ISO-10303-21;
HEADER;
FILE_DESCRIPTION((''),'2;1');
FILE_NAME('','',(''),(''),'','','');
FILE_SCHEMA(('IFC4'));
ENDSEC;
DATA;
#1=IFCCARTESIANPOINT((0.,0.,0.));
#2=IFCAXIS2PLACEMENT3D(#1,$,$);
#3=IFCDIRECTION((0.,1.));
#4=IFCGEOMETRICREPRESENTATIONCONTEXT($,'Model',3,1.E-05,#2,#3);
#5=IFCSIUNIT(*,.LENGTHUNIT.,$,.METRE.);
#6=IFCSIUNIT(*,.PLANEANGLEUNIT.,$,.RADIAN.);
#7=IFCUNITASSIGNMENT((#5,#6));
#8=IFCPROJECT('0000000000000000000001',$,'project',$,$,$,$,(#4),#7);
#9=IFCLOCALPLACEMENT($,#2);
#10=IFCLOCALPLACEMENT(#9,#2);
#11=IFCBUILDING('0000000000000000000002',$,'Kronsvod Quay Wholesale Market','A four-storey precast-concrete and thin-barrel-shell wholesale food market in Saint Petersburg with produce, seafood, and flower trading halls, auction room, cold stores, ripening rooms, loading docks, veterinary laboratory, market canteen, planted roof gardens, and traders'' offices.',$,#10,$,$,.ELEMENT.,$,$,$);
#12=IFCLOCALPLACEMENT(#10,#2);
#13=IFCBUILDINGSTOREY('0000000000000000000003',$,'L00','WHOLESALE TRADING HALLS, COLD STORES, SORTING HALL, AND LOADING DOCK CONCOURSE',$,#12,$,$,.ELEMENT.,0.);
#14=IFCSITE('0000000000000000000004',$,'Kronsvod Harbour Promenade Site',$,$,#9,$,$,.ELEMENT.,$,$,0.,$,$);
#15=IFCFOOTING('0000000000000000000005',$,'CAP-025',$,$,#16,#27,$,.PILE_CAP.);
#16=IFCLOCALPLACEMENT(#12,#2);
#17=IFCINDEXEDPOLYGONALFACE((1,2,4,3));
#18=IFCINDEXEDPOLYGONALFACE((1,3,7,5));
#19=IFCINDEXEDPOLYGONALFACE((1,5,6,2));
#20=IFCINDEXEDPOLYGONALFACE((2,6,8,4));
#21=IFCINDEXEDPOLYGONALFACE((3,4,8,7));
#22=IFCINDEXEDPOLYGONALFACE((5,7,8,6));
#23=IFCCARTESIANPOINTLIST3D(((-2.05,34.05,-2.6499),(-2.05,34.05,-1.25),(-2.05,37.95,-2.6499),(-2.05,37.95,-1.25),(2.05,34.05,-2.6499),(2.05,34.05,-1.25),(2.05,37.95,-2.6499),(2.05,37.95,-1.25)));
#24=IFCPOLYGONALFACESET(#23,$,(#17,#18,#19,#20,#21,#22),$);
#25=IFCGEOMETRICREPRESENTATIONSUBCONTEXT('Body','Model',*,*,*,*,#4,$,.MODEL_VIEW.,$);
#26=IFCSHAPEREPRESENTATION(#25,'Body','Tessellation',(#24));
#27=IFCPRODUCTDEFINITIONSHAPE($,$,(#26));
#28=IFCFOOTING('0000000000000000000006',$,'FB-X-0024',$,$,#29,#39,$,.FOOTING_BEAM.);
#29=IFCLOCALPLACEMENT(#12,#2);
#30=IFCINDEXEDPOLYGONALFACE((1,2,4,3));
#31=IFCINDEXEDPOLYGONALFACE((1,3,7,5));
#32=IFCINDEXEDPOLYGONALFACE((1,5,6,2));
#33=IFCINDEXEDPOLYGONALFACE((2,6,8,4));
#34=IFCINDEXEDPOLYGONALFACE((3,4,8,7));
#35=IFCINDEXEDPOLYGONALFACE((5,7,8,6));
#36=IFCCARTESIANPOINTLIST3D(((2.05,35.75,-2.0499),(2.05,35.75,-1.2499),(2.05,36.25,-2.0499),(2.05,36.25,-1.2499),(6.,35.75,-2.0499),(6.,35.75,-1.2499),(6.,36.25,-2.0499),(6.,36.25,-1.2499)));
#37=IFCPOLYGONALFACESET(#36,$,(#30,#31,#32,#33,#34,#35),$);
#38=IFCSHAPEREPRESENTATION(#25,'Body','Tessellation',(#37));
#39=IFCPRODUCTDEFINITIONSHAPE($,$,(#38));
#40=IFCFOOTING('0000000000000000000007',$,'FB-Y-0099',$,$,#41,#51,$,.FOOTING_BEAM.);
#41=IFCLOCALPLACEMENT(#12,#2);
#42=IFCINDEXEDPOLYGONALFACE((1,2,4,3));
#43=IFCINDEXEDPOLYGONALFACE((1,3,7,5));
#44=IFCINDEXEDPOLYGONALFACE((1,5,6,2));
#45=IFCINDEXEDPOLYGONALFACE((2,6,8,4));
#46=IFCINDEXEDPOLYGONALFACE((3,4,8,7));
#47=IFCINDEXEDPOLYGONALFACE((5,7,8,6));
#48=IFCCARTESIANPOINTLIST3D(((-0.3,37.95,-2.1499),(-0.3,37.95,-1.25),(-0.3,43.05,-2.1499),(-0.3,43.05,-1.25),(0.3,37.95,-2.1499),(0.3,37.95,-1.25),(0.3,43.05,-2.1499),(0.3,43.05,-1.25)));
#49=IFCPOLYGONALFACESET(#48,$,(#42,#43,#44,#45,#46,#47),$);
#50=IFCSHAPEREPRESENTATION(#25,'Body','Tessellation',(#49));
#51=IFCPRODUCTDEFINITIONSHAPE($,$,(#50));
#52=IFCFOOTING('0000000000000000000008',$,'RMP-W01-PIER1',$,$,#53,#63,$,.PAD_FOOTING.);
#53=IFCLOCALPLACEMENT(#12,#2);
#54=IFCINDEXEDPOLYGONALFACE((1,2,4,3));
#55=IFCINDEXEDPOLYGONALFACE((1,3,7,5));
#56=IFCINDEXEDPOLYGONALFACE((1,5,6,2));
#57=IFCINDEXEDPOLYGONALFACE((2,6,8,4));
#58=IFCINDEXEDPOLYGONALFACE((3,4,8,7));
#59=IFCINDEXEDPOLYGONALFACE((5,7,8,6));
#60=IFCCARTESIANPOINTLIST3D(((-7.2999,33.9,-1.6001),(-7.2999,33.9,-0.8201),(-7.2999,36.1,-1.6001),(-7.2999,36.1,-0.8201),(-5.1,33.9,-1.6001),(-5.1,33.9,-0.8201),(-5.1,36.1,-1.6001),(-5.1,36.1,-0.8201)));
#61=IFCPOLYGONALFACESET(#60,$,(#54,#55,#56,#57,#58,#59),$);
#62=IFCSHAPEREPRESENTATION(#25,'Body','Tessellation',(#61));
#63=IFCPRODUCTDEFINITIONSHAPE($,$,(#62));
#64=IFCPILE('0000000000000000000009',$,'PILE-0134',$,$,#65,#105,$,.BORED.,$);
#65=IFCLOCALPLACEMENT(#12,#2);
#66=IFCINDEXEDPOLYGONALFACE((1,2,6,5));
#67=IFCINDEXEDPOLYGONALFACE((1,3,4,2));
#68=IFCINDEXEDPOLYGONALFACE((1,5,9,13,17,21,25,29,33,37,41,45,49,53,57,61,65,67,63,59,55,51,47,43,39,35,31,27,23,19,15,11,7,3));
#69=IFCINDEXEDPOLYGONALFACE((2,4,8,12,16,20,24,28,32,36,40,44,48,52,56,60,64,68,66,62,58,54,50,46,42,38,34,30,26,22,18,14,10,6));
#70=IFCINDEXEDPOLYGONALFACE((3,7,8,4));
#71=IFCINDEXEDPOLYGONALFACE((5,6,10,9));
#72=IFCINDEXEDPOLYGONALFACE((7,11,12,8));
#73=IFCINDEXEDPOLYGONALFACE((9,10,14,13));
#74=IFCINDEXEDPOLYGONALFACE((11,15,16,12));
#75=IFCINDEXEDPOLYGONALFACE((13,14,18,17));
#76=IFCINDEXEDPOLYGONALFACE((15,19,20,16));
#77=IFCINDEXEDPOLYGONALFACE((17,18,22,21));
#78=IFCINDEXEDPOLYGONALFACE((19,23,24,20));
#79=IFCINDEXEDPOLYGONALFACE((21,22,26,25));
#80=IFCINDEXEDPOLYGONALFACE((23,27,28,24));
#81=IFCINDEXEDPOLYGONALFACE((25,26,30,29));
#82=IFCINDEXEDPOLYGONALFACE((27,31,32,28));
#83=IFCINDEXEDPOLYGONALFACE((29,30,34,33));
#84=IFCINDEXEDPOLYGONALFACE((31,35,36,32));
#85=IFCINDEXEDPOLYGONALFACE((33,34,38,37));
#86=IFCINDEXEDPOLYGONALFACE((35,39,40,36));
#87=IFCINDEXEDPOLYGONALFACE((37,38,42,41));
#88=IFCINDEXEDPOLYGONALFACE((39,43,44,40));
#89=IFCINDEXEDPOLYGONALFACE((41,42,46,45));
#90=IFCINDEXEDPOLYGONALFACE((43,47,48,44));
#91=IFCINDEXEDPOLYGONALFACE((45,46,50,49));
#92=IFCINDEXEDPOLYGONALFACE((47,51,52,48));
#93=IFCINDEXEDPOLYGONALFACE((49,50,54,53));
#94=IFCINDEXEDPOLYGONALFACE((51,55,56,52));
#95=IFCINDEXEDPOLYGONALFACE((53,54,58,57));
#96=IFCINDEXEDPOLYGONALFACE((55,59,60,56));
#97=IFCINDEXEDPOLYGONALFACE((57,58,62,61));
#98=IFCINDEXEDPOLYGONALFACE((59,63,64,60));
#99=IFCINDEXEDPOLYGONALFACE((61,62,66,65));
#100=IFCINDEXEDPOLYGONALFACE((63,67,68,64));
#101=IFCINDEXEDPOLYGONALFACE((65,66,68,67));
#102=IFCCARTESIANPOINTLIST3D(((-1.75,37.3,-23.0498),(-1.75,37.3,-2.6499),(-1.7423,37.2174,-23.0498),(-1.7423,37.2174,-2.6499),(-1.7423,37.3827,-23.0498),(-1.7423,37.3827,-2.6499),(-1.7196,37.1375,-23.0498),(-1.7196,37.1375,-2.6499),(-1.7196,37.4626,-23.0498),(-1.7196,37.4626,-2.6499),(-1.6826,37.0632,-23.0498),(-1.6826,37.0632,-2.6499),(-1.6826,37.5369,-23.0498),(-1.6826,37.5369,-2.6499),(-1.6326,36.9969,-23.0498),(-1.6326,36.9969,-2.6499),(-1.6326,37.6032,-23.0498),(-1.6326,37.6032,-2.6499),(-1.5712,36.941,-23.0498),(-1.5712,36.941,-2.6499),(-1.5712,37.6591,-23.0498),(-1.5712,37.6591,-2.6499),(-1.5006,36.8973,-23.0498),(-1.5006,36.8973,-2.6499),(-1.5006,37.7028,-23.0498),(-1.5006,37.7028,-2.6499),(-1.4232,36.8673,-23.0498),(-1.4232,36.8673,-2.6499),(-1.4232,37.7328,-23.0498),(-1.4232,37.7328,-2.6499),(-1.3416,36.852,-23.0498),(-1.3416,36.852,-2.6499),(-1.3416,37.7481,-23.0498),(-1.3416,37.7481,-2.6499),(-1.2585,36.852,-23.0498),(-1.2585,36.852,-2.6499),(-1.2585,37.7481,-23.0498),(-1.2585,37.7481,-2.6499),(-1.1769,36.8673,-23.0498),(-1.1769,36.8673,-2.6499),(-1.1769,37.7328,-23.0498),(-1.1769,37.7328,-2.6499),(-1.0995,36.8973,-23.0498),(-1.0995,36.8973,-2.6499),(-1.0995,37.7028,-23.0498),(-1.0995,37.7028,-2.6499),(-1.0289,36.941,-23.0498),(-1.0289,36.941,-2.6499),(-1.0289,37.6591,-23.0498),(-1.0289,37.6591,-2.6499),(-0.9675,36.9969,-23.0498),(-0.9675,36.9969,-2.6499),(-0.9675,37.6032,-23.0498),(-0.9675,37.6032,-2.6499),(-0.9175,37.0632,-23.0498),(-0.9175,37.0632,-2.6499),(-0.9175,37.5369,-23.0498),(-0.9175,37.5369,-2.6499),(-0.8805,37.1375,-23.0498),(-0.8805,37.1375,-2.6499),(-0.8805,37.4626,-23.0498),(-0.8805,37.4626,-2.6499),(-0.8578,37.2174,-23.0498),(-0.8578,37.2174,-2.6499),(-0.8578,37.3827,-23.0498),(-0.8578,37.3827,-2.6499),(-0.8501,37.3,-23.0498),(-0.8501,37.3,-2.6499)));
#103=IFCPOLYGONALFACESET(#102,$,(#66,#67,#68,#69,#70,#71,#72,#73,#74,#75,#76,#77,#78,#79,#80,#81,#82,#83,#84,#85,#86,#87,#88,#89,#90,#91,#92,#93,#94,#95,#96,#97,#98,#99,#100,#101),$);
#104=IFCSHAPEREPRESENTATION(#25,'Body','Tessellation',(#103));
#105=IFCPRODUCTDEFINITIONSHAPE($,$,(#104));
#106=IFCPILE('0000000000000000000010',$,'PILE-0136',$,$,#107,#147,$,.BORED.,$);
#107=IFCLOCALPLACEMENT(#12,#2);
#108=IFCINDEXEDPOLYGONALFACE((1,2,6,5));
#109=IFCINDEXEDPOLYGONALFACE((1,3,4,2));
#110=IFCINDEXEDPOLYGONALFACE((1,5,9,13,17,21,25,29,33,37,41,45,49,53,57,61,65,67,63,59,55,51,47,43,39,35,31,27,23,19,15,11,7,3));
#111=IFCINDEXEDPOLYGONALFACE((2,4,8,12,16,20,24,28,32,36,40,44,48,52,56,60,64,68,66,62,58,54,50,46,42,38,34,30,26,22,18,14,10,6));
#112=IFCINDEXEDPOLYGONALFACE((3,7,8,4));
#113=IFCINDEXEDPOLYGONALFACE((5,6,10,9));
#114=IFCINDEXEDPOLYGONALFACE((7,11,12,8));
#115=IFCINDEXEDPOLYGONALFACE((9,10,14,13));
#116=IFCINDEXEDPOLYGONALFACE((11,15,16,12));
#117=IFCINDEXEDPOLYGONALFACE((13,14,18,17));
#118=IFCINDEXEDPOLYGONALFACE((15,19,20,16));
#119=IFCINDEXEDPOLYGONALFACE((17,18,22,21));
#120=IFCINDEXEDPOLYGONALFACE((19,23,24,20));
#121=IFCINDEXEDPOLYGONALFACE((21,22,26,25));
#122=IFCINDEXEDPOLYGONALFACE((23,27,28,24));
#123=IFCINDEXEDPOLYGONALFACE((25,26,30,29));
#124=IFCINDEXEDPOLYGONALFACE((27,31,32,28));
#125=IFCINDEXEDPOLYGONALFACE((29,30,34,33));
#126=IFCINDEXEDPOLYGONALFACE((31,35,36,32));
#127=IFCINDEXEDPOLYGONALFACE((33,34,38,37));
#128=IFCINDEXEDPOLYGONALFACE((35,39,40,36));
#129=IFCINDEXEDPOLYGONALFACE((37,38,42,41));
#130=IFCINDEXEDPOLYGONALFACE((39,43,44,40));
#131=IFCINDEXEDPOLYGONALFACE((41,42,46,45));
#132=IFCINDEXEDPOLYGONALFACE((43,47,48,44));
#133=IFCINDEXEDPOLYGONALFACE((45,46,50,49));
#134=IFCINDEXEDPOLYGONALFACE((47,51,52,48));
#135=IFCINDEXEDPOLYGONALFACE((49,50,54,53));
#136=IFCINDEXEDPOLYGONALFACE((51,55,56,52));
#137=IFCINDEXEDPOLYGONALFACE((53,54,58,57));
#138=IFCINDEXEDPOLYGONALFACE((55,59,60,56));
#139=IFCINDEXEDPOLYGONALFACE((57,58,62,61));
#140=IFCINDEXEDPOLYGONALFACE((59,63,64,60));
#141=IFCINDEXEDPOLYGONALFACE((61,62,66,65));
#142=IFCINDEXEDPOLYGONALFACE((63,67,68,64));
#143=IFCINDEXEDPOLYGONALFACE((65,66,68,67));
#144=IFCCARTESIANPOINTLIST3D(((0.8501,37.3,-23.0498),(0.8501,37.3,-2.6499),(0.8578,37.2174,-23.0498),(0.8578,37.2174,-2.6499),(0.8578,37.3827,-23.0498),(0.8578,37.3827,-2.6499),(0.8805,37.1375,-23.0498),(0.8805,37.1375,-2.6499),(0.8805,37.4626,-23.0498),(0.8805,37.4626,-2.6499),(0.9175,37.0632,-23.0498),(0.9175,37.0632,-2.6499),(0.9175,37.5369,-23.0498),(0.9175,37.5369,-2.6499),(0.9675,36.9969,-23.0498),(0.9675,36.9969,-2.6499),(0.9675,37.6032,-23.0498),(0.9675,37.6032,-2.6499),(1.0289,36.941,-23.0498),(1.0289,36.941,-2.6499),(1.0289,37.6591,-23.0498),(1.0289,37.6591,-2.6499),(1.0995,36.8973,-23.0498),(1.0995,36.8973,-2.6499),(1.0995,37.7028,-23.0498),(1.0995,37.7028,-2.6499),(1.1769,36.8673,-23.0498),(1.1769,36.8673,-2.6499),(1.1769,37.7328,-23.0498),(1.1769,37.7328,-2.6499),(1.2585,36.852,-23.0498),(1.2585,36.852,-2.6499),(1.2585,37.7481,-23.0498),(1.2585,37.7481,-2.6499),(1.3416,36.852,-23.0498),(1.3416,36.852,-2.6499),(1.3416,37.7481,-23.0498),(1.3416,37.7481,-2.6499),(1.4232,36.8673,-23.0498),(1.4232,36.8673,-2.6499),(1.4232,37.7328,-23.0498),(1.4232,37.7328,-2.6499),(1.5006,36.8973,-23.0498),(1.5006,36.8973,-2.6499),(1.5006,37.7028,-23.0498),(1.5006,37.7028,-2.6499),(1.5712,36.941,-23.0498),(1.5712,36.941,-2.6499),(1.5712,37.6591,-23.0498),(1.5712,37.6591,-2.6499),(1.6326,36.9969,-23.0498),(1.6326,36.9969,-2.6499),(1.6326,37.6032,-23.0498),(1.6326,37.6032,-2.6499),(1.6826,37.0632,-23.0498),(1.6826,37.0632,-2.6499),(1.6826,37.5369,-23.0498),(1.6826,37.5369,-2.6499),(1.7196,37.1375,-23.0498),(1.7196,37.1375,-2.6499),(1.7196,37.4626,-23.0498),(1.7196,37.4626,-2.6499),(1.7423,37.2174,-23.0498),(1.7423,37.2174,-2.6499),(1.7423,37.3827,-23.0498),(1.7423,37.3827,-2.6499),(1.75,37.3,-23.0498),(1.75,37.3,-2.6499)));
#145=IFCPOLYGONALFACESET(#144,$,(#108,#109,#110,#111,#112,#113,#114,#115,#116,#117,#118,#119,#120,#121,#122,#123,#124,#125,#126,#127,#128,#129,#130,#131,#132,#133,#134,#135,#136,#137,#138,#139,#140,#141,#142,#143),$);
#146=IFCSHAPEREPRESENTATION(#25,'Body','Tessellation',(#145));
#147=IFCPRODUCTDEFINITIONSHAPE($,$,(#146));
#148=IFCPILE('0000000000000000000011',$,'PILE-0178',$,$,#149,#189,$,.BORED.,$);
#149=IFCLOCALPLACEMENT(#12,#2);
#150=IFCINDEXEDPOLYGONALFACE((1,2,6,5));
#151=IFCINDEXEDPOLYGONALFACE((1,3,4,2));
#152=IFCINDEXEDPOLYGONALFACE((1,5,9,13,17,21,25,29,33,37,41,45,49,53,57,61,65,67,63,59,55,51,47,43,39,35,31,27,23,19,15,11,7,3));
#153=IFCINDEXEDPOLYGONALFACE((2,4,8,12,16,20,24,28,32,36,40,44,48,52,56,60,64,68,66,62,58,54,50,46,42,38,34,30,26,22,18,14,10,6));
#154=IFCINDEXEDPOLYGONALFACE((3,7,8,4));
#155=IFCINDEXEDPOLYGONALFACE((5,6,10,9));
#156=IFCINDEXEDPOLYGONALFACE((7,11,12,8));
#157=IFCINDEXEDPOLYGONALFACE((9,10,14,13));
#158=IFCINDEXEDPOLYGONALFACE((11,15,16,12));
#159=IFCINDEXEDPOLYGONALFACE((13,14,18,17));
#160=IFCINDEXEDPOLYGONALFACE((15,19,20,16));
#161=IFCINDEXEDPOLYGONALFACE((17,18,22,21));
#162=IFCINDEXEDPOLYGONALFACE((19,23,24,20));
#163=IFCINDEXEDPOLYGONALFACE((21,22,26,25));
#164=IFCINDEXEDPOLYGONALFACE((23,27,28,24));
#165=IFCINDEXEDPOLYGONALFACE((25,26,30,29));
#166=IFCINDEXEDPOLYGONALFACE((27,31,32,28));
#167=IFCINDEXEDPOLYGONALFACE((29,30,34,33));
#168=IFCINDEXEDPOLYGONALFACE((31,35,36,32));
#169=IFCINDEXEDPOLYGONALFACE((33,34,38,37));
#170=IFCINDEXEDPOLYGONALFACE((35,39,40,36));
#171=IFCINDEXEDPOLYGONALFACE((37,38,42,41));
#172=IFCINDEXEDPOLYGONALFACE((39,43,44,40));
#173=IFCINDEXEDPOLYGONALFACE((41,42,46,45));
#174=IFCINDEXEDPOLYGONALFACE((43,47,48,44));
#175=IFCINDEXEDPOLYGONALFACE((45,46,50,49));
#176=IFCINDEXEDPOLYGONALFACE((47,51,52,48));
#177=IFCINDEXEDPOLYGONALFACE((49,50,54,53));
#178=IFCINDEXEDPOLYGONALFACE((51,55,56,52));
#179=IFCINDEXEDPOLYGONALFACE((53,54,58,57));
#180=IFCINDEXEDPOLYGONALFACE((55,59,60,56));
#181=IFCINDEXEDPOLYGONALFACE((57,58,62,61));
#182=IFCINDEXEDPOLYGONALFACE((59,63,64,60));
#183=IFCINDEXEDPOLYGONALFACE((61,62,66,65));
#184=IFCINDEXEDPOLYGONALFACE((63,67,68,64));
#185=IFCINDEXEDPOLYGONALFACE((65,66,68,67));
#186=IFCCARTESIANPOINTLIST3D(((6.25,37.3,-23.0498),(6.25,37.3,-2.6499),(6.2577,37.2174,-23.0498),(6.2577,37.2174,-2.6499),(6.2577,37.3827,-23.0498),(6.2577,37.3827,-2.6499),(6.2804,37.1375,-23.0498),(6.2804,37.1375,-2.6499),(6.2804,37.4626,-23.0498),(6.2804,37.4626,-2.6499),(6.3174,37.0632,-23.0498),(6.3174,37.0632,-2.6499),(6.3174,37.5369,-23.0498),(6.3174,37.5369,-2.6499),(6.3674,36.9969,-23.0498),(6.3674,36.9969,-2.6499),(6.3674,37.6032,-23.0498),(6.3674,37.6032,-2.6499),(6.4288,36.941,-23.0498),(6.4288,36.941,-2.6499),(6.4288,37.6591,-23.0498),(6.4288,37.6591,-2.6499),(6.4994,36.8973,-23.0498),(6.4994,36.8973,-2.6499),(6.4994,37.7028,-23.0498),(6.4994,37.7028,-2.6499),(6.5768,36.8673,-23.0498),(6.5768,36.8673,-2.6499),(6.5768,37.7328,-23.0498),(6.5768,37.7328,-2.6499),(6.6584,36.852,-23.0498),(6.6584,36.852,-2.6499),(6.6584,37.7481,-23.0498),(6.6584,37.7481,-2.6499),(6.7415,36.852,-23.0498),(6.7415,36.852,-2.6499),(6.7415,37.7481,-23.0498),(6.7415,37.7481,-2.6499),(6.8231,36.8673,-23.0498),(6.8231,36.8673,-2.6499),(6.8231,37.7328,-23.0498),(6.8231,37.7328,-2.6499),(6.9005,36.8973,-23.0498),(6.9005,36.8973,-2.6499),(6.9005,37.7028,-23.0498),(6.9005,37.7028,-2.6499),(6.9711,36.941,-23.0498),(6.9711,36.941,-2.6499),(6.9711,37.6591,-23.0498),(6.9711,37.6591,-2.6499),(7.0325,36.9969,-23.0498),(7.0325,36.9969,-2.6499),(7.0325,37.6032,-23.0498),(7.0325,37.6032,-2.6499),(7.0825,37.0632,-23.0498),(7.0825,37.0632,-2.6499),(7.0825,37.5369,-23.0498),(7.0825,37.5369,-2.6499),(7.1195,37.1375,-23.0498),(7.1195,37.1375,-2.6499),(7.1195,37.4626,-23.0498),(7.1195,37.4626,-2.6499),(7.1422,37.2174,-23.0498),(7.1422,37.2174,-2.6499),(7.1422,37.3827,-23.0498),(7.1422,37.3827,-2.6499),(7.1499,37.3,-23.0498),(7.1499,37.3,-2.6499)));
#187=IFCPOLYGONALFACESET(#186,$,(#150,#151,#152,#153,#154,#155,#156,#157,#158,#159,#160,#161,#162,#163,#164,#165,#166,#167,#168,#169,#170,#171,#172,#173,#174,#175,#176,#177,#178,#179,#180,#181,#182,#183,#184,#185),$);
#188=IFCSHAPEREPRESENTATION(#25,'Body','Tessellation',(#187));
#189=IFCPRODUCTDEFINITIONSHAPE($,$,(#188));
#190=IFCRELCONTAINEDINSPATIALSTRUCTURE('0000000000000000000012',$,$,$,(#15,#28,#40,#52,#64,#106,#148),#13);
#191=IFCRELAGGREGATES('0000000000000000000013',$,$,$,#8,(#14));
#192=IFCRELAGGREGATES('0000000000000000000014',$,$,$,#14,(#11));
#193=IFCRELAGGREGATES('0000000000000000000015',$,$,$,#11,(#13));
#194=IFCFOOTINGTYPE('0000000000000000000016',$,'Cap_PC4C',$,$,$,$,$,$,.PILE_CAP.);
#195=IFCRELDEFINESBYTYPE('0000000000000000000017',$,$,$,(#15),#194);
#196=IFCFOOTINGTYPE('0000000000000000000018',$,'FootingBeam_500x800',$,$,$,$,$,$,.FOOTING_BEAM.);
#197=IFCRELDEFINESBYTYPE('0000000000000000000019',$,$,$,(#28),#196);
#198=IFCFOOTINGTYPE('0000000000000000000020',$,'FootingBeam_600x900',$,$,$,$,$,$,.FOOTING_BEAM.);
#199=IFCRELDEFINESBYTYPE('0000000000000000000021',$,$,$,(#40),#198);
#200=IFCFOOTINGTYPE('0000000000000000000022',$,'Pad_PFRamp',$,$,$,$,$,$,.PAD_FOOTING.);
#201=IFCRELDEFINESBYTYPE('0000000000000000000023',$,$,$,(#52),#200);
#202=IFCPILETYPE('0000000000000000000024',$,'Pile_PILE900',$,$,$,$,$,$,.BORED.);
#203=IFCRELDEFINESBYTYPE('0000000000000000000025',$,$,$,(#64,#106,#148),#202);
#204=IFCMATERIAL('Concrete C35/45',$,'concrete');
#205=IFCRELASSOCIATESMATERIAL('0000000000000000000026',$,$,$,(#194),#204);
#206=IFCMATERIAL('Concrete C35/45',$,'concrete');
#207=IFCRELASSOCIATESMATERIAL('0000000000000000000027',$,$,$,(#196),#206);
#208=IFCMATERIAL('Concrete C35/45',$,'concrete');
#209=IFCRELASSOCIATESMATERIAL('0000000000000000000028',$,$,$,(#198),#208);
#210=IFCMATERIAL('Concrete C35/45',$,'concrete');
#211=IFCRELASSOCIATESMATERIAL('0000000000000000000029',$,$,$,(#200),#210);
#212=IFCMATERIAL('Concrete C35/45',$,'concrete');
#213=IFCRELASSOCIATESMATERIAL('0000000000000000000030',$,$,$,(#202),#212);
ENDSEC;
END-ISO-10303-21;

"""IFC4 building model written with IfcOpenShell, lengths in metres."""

from ifc_helpers import new_model, si_unit, direction, frame, origin, origin_2d, place, context, subcontext, project, spatial, rectangle, circle, extrude, material, material_profile, profile_set, type_object, element, save


model = new_model("IFC4")

# Units and contexts
model_context = context("Model", 3, precision=1e-05, world=origin(), true_north=direction((0.0, 1.0)))
body_context = subcontext(model_context, "Body", "Model", "MODEL_VIEW")
ifc_project = project(units=[si_unit("LENGTHUNIT", "METRE"), si_unit("PLANEANGLEUNIT", "RADIAN")], contexts=[model_context])

# Site, building, storey
site_placement = place(None, origin())
site = spatial("IfcSite", under=ifc_project, at=site_placement, Name="Kronsvod Harbour Promenade Site", CompositionType="ELEMENT", RefElevation=0.0)
building_placement = place(site_placement, origin())
building = spatial("IfcBuilding", under=site, at=building_placement, Name="Kronsvod Quay Wholesale Market", Description="A four-storey precast-concrete and thin-barrel-shell wholesale food market in Saint Petersburg with produce, seafood, and flower trading halls, auction room, cold stores, ripening rooms, loading docks, veterinary laboratory, market canteen, planted roof gardens, and traders' offices.", CompositionType="ELEMENT")
storey_placement = place(building_placement, origin())
storey = spatial("IfcBuildingStorey", under=building, at=storey_placement, Name="L00", Description="WHOLESALE TRADING HALLS, COLD STORES, SORTING HALL, AND LOADING DOCK CONCOURSE", CompositionType="ELEMENT", Elevation=0.0)

# Footings
ifc_material_1 = material(Name="Concrete C35/45", Category="concrete")
footing_type_1 = type_object("IfcFootingType", Name="Cap_PC4C", PredefinedType="PILE_CAP", material=ifc_material_1)
footing_1_placement = place(storey_placement, frame((0.0, 36.0, -2.6499), z_axis=(0.0, 0.0, 1.0), x_axis=(1.0, 0.0, 0.0)))
element("IfcFooting", 1, at=footing_1_placement, inside=storey, type_object=footing_type_1, Name="CAP-025", PredefinedType="PILE_CAP", context=body_context, shape_type="SweptSolid", body=[
    extrude(rectangle(XDim=4.1001, YDim=3.8999, at=origin_2d()), origin(), (0.0, 0.0, 1.0), 1.3999),
])
ifc_material_2 = material(Name="Concrete C35/45", Category="concrete")
ifc_material_profile_1 = material_profile(ifc_material_2, rectangle(XDim=0.5, YDim=0.8, at=origin_2d()), Name="FB-01")
ifc_profile_set_1 = profile_set([ifc_material_profile_1], Name="Concrete C35/45")
footing_type_2 = type_object("IfcFootingType", Name="FootingBeam_500x800", PredefinedType="FOOTING_BEAM", material=ifc_profile_set_1)
footing_2_placement = place(storey_placement, frame((2.05, 36.0, -1.6499), z_axis=(1.0, 0.0, 0.0), x_axis=(0.0, 1.0, 0.0)))
element("IfcFooting", 2, at=footing_2_placement, inside=storey, type_object=footing_type_2, Name="FB-X-0024", PredefinedType="FOOTING_BEAM", context=body_context, shape_type="SweptSolid", body=[
    extrude(rectangle(XDim=0.5, YDim=0.8, at=origin_2d()), origin(), (0.0, 0.0, 1.0), 3.95),
])
ifc_material_3 = material(Name="Concrete C35/45", Category="concrete")
ifc_material_profile_2 = material_profile(ifc_material_3, rectangle(XDim=0.6001, YDim=0.8999, at=origin_2d()), Name="FB-02")
ifc_profile_set_2 = profile_set([ifc_material_profile_2], Name="Concrete C35/45")
footing_type_3 = type_object("IfcFootingType", Name="FootingBeam_600x900", PredefinedType="FOOTING_BEAM", material=ifc_profile_set_2)
footing_3_placement = place(storey_placement, frame((0.0, 37.95, -1.7), z_axis=(0.0, 1.0, 0.0), x_axis=(-1.0, 0.0, 0.0)))
element("IfcFooting", 3, at=footing_3_placement, inside=storey, type_object=footing_type_3, Name="FB-Y-0099", PredefinedType="FOOTING_BEAM", context=body_context, shape_type="SweptSolid", body=[
    extrude(rectangle(XDim=0.6001, YDim=0.8999, at=origin_2d()), origin(), (0.0, 0.0, 1.0), 5.1001),
])
ifc_material_4 = material(Name="Concrete C35/45", Category="concrete")
footing_type_4 = type_object("IfcFootingType", Name="Pad_PFRamp", PredefinedType="PAD_FOOTING", material=ifc_material_4)
footing_4_placement = place(storey_placement, frame((-6.2, 35.0, -1.6001), z_axis=(0.0, 0.0, 1.0), x_axis=(1.0, 0.0, 0.0)))
element("IfcFooting", 4, at=footing_4_placement, inside=storey, type_object=footing_type_4, Name="RMP-W01-PIER1", PredefinedType="PAD_FOOTING", context=body_context, shape_type="SweptSolid", body=[
    extrude(rectangle(XDim=2.2, YDim=2.2, at=origin_2d()), origin(), (0.0, 0.0, 1.0), 0.78),
])

# Piles
ifc_material_5 = material(Name="Concrete C35/45", Category="concrete")
ifc_material_profile_3 = material_profile(ifc_material_5, circle(Radius=0.45, at=origin_2d()), Name="PILE900")
ifc_profile_set_3 = profile_set([ifc_material_profile_3], Name="Concrete C35/45")
pile_type = type_object("IfcPileType", Name="Pile_PILE900", PredefinedType="BORED", material=ifc_profile_set_3)
for number, where, z_axis, x_axis, name in (
    (5, (-1.3, 37.3, -2.6499), (0.0, 0.0, -1.0), (1.0, 0.0, 0.0), "PILE-0134"),
    (6, (1.3, 37.3, -2.6499), (0.0, 0.0, -1.0), (1.0, 0.0, 0.0), "PILE-0136"),
    (7, (6.7, 37.3, -2.6499), (0.0, 0.0, -1.0), (1.0, 0.0, 0.0), "PILE-0178"),
):
    element("IfcPile", number, at=place(storey_placement, frame(where, z_axis=z_axis, x_axis=x_axis)), inside=storey, type_object=pile_type, Name=name, PredefinedType="BORED", context=body_context, shape_type="SweptSolid", body=[
        extrude(circle(Radius=0.45, at=origin_2d()), origin(), (0.0, 0.0, 1.0), 20.3999),
    ])

save(model, "model.ifc")
